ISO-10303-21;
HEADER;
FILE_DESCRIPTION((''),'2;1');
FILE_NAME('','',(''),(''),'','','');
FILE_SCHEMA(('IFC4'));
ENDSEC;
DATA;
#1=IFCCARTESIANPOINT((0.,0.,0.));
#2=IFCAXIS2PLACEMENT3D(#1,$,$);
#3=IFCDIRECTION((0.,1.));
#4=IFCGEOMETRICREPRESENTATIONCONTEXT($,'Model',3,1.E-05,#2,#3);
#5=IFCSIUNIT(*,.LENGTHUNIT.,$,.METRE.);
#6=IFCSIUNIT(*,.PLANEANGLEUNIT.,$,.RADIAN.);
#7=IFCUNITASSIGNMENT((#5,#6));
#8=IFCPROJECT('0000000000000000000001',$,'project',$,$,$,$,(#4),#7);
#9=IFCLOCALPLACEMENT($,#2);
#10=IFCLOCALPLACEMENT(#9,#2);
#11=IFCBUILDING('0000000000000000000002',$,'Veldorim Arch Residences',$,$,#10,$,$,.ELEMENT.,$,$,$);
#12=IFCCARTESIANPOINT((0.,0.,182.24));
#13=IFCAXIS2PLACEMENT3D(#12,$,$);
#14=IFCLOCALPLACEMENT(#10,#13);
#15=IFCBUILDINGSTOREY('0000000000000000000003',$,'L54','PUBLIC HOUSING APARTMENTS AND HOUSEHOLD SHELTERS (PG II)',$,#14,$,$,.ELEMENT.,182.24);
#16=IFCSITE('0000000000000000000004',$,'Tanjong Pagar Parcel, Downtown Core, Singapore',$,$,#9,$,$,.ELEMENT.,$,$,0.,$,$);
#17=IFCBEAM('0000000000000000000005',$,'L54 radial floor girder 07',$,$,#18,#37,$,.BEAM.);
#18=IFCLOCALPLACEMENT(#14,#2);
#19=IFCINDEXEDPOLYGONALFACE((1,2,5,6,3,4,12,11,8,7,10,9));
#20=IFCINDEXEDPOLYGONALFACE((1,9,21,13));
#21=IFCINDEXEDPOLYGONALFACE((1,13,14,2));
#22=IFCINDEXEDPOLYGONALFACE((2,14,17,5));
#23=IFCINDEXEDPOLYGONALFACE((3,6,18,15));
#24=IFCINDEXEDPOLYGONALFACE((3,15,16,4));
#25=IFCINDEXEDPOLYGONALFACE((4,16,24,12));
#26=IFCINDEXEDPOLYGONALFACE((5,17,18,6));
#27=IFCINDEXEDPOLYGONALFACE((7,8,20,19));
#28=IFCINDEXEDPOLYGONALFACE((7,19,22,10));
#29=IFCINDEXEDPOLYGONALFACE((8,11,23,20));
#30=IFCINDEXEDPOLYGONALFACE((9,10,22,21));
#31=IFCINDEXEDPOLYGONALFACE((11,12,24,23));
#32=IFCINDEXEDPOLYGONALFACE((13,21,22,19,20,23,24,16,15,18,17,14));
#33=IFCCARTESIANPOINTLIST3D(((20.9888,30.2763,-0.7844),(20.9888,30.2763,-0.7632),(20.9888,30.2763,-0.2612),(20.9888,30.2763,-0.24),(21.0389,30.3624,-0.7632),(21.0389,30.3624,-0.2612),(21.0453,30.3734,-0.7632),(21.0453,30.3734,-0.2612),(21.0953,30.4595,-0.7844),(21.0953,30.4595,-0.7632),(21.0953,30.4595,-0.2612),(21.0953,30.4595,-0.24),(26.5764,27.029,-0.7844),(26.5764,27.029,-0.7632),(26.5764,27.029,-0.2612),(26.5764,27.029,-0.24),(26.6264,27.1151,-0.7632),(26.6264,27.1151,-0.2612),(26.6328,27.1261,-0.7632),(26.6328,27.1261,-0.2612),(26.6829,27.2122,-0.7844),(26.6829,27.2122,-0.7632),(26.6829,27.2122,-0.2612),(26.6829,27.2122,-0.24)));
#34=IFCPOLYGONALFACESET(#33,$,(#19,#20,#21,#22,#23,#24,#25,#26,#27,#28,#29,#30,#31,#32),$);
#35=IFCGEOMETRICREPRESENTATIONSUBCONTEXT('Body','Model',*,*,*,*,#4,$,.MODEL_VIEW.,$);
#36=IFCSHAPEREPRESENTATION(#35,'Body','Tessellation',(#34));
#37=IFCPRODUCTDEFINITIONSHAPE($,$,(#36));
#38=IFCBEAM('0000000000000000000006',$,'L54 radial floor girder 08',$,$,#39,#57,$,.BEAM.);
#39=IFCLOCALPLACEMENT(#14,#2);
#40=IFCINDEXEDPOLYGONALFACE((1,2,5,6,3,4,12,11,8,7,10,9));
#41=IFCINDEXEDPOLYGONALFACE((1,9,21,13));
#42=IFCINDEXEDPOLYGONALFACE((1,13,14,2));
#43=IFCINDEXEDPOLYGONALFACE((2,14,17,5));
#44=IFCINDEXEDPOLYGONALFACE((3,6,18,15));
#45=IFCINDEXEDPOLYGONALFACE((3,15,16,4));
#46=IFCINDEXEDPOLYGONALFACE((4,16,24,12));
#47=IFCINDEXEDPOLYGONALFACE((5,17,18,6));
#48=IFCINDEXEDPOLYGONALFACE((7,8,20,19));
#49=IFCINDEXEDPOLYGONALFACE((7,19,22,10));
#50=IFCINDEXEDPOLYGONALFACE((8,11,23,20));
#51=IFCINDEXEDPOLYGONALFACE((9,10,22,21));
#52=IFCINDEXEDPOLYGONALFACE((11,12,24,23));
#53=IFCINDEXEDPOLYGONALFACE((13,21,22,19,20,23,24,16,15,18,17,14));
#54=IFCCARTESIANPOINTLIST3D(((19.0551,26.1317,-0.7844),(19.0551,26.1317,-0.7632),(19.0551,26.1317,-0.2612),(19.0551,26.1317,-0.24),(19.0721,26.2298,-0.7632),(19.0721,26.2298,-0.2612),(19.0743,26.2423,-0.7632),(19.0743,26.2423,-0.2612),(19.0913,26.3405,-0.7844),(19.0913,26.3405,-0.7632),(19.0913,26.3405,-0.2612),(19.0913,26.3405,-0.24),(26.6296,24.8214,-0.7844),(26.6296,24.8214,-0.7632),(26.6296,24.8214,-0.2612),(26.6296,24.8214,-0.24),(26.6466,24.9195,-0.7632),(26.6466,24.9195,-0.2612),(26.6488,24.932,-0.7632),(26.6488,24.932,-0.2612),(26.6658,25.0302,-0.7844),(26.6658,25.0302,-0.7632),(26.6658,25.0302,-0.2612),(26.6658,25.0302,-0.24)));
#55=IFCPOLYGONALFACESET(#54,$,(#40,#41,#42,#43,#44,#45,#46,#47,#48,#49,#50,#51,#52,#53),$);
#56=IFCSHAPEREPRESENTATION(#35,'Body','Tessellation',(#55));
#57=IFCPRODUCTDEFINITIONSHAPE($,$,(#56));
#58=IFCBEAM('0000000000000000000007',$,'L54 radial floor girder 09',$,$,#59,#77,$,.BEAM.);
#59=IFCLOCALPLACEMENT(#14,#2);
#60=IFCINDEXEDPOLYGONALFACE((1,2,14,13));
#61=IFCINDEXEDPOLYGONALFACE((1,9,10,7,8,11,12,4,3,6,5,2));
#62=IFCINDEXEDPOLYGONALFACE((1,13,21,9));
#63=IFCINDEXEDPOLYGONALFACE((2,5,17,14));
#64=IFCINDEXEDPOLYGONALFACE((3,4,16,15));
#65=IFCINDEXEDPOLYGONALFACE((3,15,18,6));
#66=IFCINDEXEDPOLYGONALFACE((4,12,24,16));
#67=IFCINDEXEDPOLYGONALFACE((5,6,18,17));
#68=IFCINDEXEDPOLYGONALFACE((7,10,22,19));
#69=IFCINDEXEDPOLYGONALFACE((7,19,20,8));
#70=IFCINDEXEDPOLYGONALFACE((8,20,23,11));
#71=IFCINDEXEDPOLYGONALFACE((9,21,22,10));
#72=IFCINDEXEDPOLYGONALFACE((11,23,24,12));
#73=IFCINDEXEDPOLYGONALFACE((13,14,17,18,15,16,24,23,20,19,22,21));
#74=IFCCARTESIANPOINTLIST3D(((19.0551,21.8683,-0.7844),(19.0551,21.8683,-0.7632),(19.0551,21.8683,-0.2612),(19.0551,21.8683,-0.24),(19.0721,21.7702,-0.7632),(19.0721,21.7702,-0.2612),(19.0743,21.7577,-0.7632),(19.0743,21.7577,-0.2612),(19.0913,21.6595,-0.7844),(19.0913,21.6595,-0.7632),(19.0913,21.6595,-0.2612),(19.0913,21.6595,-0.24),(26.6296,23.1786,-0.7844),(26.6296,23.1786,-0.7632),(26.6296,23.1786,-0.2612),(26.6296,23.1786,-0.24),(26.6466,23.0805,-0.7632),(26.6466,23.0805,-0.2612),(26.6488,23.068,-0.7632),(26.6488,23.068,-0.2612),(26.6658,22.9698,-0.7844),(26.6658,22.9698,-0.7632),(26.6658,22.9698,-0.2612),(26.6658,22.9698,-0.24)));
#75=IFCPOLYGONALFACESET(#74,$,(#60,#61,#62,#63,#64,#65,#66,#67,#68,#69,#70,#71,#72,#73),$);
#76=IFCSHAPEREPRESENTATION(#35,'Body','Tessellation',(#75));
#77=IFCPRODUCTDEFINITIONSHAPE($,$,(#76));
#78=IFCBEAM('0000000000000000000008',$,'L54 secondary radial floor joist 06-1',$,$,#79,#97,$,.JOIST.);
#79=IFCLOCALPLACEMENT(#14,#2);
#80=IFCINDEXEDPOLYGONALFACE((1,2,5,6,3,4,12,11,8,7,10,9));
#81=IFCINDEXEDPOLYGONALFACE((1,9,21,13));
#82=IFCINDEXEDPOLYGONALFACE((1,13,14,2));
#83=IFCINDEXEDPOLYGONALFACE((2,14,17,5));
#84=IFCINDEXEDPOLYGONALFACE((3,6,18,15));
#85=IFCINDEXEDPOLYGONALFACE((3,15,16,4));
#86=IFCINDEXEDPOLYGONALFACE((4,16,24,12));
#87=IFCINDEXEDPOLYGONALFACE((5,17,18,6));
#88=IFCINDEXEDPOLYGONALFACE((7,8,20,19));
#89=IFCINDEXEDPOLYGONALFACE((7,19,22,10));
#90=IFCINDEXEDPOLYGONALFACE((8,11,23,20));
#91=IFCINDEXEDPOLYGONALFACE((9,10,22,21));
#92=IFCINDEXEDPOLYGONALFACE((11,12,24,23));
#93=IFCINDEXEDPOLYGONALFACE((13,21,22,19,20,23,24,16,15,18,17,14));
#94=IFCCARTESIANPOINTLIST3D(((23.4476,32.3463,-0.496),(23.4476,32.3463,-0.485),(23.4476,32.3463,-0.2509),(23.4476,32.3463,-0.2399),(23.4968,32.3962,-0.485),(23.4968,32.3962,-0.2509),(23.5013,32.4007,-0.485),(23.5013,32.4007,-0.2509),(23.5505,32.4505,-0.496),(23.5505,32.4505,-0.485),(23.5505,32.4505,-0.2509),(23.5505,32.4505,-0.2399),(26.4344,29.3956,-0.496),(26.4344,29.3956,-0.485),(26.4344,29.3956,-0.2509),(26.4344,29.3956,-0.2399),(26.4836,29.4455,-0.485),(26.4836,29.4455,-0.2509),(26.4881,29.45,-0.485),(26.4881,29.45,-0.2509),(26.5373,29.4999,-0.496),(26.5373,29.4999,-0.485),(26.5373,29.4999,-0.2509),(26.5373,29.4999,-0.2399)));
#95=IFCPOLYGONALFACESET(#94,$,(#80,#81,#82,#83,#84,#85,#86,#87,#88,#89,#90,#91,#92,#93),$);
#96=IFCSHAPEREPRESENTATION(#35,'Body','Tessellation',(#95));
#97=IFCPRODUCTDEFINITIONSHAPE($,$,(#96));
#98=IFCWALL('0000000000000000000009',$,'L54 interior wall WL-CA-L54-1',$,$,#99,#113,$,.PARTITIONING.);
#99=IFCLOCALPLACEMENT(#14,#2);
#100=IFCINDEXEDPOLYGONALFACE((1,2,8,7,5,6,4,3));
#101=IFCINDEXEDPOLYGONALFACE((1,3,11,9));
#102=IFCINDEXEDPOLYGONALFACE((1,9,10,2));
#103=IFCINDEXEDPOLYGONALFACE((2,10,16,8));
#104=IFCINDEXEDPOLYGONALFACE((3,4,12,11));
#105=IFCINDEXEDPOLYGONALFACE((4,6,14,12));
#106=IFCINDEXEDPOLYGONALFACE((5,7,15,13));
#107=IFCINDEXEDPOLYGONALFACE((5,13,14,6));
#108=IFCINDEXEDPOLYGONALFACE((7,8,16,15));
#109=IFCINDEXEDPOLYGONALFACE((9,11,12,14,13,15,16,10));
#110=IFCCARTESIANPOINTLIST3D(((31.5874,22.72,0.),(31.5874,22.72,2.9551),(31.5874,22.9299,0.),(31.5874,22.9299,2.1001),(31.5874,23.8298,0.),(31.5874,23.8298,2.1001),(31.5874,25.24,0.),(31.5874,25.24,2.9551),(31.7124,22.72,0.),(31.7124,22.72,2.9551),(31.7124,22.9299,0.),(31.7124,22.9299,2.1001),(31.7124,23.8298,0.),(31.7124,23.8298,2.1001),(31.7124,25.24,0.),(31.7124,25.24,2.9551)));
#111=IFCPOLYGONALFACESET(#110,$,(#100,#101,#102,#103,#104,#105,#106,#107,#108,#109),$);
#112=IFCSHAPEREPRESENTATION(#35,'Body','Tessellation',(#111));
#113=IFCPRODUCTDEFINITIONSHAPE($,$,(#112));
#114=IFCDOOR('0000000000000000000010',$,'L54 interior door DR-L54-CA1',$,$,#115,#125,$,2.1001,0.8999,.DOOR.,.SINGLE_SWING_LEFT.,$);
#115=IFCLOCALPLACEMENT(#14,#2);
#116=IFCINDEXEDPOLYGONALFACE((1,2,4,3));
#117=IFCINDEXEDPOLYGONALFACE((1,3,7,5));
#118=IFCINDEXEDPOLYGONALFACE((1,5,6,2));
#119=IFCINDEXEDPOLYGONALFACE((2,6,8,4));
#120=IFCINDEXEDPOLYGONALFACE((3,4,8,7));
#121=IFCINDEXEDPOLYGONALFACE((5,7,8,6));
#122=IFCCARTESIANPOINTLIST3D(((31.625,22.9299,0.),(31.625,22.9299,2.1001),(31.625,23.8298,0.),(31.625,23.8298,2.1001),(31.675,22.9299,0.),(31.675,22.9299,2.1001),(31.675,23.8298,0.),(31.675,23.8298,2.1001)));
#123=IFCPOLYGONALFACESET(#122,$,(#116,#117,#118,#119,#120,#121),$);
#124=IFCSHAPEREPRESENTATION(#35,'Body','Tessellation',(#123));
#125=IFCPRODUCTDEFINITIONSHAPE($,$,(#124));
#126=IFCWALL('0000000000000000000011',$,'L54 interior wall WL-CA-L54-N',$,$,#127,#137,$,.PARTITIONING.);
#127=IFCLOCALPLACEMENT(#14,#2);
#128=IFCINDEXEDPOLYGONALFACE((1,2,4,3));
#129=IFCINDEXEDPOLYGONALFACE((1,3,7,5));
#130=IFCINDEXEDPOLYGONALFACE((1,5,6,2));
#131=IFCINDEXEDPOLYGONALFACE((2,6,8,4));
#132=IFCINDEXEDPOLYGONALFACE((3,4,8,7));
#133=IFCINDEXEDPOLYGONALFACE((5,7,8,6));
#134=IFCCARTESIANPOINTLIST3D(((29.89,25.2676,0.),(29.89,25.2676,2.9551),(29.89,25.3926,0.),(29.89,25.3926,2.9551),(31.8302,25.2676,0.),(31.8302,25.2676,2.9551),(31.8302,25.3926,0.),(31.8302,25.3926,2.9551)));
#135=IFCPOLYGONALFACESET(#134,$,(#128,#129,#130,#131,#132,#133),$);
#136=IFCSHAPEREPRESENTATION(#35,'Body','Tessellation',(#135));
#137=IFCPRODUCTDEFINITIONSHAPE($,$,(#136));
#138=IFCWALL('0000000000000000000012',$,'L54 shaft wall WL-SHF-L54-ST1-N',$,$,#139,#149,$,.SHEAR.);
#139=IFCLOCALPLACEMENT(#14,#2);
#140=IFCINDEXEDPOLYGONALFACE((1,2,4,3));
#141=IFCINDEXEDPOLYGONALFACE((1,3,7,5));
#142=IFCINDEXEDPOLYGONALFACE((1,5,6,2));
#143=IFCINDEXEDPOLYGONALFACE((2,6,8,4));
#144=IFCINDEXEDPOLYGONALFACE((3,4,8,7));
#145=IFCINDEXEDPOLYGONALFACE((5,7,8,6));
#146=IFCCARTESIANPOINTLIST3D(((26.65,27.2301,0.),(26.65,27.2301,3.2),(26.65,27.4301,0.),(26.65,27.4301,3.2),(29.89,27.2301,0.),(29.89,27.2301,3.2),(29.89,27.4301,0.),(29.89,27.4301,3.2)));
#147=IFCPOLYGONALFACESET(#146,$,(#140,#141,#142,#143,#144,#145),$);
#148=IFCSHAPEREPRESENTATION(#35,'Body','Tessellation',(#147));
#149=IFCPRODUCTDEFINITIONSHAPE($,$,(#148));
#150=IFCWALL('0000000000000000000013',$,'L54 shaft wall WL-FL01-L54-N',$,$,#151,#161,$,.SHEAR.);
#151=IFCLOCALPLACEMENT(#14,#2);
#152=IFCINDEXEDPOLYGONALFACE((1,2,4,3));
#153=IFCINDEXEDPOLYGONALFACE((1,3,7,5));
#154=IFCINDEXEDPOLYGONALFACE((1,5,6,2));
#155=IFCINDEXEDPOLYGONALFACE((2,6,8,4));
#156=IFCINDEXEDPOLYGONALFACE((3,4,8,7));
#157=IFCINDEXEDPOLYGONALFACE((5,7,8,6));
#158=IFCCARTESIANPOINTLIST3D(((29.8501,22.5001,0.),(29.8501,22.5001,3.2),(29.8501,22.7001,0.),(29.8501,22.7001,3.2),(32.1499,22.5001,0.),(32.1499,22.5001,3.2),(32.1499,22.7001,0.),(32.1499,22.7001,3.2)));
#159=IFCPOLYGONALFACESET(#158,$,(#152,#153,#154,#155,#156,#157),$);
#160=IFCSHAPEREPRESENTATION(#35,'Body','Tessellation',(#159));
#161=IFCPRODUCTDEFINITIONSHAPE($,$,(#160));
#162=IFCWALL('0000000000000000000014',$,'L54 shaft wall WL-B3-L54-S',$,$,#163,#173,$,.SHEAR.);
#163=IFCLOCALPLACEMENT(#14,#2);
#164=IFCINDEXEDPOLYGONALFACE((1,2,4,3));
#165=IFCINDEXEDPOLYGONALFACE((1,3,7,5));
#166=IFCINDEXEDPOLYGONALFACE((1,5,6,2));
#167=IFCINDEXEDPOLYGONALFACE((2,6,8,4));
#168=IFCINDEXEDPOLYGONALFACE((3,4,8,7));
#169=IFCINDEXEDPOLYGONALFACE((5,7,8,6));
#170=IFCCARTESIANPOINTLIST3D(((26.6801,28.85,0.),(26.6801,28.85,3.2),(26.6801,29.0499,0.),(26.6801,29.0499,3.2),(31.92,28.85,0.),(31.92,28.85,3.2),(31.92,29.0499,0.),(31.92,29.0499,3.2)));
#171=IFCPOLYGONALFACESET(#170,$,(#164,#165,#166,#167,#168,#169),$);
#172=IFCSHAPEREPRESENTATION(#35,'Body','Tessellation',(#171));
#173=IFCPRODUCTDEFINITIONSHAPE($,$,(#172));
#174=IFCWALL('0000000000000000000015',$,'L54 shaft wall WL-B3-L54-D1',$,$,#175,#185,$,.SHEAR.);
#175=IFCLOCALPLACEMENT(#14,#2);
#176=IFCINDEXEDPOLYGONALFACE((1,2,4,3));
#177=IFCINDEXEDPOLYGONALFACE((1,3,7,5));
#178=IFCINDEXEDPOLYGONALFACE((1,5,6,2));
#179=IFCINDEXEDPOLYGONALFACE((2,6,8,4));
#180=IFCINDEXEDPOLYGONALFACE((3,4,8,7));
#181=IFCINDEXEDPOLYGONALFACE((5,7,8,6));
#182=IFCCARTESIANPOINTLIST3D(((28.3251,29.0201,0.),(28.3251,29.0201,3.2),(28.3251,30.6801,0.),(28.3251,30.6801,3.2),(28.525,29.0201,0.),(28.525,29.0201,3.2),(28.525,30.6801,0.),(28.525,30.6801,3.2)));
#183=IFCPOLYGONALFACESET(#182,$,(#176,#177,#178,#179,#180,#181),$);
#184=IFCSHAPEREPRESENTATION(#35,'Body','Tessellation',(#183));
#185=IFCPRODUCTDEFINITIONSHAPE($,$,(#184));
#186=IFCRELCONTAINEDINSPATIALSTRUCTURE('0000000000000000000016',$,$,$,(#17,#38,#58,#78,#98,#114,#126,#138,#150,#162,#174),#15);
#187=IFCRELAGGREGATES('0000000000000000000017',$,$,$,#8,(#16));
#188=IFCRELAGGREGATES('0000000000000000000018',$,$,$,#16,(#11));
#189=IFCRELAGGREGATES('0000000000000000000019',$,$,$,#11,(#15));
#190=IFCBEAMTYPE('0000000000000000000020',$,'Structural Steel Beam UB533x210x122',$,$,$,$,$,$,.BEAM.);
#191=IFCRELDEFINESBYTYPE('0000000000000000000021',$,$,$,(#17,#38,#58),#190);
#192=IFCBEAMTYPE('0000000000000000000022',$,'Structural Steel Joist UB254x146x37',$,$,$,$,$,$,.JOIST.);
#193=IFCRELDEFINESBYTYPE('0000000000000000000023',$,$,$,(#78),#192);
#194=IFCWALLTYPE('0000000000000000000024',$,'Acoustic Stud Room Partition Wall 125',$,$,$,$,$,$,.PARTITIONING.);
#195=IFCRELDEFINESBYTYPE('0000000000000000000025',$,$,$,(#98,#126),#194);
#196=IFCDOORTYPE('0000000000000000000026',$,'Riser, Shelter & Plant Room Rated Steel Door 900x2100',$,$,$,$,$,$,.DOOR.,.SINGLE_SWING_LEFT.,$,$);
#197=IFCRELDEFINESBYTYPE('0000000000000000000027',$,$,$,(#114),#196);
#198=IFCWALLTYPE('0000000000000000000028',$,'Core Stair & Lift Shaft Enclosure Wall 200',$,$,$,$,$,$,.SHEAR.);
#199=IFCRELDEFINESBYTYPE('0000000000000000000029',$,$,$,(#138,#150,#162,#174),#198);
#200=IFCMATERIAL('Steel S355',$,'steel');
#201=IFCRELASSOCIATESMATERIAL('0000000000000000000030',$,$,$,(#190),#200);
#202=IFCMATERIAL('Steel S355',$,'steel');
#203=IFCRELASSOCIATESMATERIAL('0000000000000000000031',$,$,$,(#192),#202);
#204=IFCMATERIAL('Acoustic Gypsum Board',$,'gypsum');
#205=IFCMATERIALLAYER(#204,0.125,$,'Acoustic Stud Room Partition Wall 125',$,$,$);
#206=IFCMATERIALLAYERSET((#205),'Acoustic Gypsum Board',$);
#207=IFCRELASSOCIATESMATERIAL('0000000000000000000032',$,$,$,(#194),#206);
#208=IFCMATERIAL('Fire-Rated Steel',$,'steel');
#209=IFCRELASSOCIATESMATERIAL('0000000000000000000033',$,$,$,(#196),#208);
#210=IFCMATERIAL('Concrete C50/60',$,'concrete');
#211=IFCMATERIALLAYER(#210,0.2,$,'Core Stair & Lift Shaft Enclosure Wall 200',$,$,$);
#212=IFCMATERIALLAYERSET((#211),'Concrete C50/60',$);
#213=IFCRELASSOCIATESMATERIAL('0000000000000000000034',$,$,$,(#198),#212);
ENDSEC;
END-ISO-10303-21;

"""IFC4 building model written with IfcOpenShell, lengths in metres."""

from ifc_helpers import new_model, si_unit, direction, frame, frame_2d, origin, origin_2d, place, context, subcontext, project, spatial, rectangle, i_section, extrude, material, layer, layer_set, material_profile, profile_set, type_object, element, fill, save


model = new_model("IFC4")

# Units and contexts
model_context = context("Model", 3, precision=1e-05, world=origin(), true_north=direction((0.0, 1.0)))
body_context = subcontext(model_context, "Body", "Model", "MODEL_VIEW")
ifc_project = project(units=[si_unit("LENGTHUNIT", "METRE"), si_unit("PLANEANGLEUNIT", "RADIAN")], contexts=[model_context])

# Site, building, storey
site_placement = place(None, origin())
site = spatial("IfcSite", under=ifc_project, at=site_placement, Name="Tanjong Pagar Parcel, Downtown Core, Singapore", CompositionType="ELEMENT", RefElevation=0.0)
building_placement = place(site_placement, origin())
building = spatial("IfcBuilding", under=site, at=building_placement, Name="Veldorim Arch Residences", CompositionType="ELEMENT")
storey_placement = place(building_placement, frame((0.0, 0.0, 182.24)))
storey = spatial("IfcBuildingStorey", under=building, at=storey_placement, Name="L54", Description="PUBLIC HOUSING APARTMENTS AND HOUSEHOLD SHELTERS (PG II)", CompositionType="ELEMENT", Elevation=182.24)

# Beams
ifc_material_1 = material(Name="Steel S355", Category="steel")
ifc_material_profile_1 = material_profile(ifc_material_1, i_section(OverallWidth=0.2119, OverallDepth=0.5444, WebThickness=0.0127, FlangeThickness=0.0212, at=origin_2d()), Name="UB533x210x122")
ifc_profile_set_1 = profile_set([ifc_material_profile_1], Name="Steel S355")
beam_type_1 = type_object("IfcBeamType", Name="Structural Steel Beam UB533x210x122", PredefinedType="BEAM", material=ifc_profile_set_1)
beam_1_placement = place(storey_placement, frame((26.6296, 27.1206, -0.5122), z_axis=(-0.864596, 0.502468, 0.0), x_axis=(-0.502468, -0.864596, 0.0)))
element("IfcBeam", 1, at=beam_1_placement, inside=storey, type_object=beam_type_1, Name="L54 radial floor girder 07", PredefinedType="BEAM", context=body_context, shape_type="SweptSolid", body=[
    extrude(i_section(OverallWidth=0.2119, OverallDepth=0.5444, WebThickness=0.0127, FlangeThickness=0.0212, at=origin_2d()), origin(), (0.0, 0.0, 1.0), 6.4626),
])
for number, where, z_axis, x_axis, name in (
    (2, (26.6477, 24.9258, -0.5122), (-0.985365, 0.170458, 0.0), (-0.170458, -0.985365, 0.0), "L54 radial floor girder 08"),
    (3, (26.6477, 23.0742, -0.5122), (-0.985365, -0.170458, 0.0), (0.170458, -0.985365, 0.0), "L54 radial floor girder 09"),
):
    element("IfcBeam", number, at=place(storey_placement, frame(where, z_axis=z_axis, x_axis=x_axis)), inside=storey, type_object=beam_type_1, Name=name, PredefinedType="BEAM", context=body_context, shape_type="SweptSolid", body=[
        extrude(i_section(OverallWidth=0.2119, OverallDepth=0.5444, WebThickness=0.0127, FlangeThickness=0.0212, at=origin_2d()), origin(), (0.0, 0.0, 1.0), 7.687),
    ])
ifc_material_2 = material(Name="Steel S355", Category="steel")
ifc_material_profile_2 = material_profile(ifc_material_2, i_section(OverallWidth=0.1465, OverallDepth=0.2561, WebThickness=0.0063, FlangeThickness=0.011, at=origin_2d()), Name="UB254x146x37")
ifc_profile_set_2 = profile_set([ifc_material_profile_2], Name="Steel S355")
beam_type_2 = type_object("IfcBeamType", Name="Structural Steel Joist UB254x146x37", PredefinedType="JOIST", material=ifc_profile_set_2)
beam_2_placement = place(storey_placement, frame((26.4858, 29.4478, -0.3679), z_axis=(-0.711397, 0.702791, 0.0), x_axis=(-0.702791, -0.711397, 0.0)))
element("IfcBeam", 4, at=beam_2_placement, inside=storey, type_object=beam_type_2, Name="L54 secondary radial floor joist 06-1", PredefinedType="JOIST", context=body_context, shape_type="SweptSolid", body=[
    extrude(i_section(OverallWidth=0.1465, OverallDepth=0.2561, WebThickness=0.0063, FlangeThickness=0.011, at=origin_2d()), origin(), (0.0, 0.0, 1.0), 4.1985),
])

# Wall, opening, door
ifc_material_3 = material(Name="Acoustic Gypsum Board", Category="gypsum")
ifc_layer_1 = layer(ifc_material_3, 0.125, Name="Acoustic Stud Room Partition Wall 125")
ifc_layer_set_1 = layer_set([ifc_layer_1], Name="Acoustic Gypsum Board")
wall_type_1 = type_object("IfcWallType", Name="Acoustic Stud Room Partition Wall 125", PredefinedType="PARTITIONING", material=ifc_layer_set_1)
wall_1_placement = place(storey_placement, frame((31.6499, 22.72, 0.0), z_axis=(0.0, 0.0, 1.0), x_axis=(0.0, 1.0, 0.0)))
wall_1 = element("IfcWall", 5, at=wall_1_placement, inside=storey, type_object=wall_type_1, Name="L54 interior wall WL-CA-L54-1", PredefinedType="PARTITIONING", context=body_context, shape_type="SweptSolid", body=[
    extrude(rectangle(XDim=2.52, YDim=0.125, at=frame_2d((1.26, 0.0))), origin(), (0.0, 0.0, 1.0), 2.9551),
])
opening_placement = place(wall_1_placement, frame((0.21, 0.0, 0.0)))
opening = element("IfcOpeningElement", 6, at=opening_placement, cuts=wall_1, PredefinedType="OPENING", context=body_context, shape_type="SweptSolid", body=[
    extrude(rectangle(XDim=0.8999, YDim=2.1001, at=frame_2d((0.45, 1.05))), frame((0.0, 0.0725, 0.0), z_axis=(0.0, -1.0, 0.0), x_axis=(1.0, 0.0, 0.0)), (0.0, 0.0, 1.0), 0.145),
])
ifc_material_4 = material(Name="Fire-Rated Steel", Category="steel")
door_type = type_object("IfcDoorType", Name="Riser, Shelter & Plant Room Rated Steel Door 900x2100", OperationType="SINGLE_SWING_LEFT", PredefinedType="DOOR", material=ifc_material_4)
door_placement = place(opening_placement, origin())
door = element("IfcDoor", 7, at=door_placement, inside=storey, type_object=door_type, Name="L54 interior door DR-L54-CA1", OperationType="SINGLE_SWING_LEFT", OverallHeight=2.1001, OverallWidth=0.8999, PredefinedType="DOOR", context=body_context, shape_type="SweptSolid", body=[
    extrude(rectangle(XDim=0.8999, YDim=2.1001, at=frame_2d((0.45, 1.05))), frame((0.0, 0.0249, 0.0), z_axis=(0.0, -1.0, 0.0), x_axis=(1.0, 0.0, 0.0)), (0.0, 0.0, 1.0), 0.05),
])
fill(opening, door)

# Walls
wall_2_placement = place(storey_placement, frame((29.8899, 25.3301, 0.0), z_axis=(0.0, 0.0, 1.0), x_axis=(1.0, 0.0, 0.0)))
element("IfcWall", 8, at=wall_2_placement, inside=storey, type_object=wall_type_1, Name="L54 interior wall WL-CA-L54-N", PredefinedType="PARTITIONING", context=body_context, shape_type="SweptSolid", body=[
    extrude(rectangle(XDim=1.9402, YDim=0.125, at=frame_2d((0.9702, 0.0))), origin(), (0.0, 0.0, 1.0), 2.9551),
])
ifc_material_5 = material(Name="Concrete C50/60", Category="concrete")
ifc_layer_2 = layer(ifc_material_5, 0.2, Name="Core Stair & Lift Shaft Enclosure Wall 200")
ifc_layer_set_2 = layer_set([ifc_layer_2], Name="Concrete C50/60")
wall_type_2 = type_object("IfcWallType", Name="Core Stair & Lift Shaft Enclosure Wall 200", PredefinedType="SHEAR", material=ifc_layer_set_2)
wall_3_placement = place(storey_placement, frame((26.6499, 27.3301, 0.0), z_axis=(0.0, 0.0, 1.0), x_axis=(1.0, 0.0, 0.0)))
element("IfcWall", 9, at=wall_3_placement, inside=storey, type_object=wall_type_2, Name="L54 shaft wall WL-SHF-L54-ST1-N", PredefinedType="SHEAR", context=body_context, shape_type="SweptSolid", body=[
    extrude(rectangle(XDim=3.24, YDim=0.2, at=frame_2d((1.6201, 0.0))), origin(), (0.0, 0.0, 1.0), 3.2),
])
wall_4_placement = place(storey_placement, frame((29.8501, 22.6001, 0.0), z_axis=(0.0, 0.0, 1.0), x_axis=(1.0, 0.0, 0.0)))
element("IfcWall", 10, at=wall_4_placement, inside=storey, type_object=wall_type_2, Name="L54 shaft wall WL-FL01-L54-N", PredefinedType="SHEAR", context=body_context, shape_type="SweptSolid", body=[
    extrude(rectangle(XDim=2.2998, YDim=0.2, at=frame_2d((1.1499, 0.0))), origin(), (0.0, 0.0, 1.0), 3.2),
])
wall_5_placement = place(storey_placement, frame((26.6799, 28.95, 0.0), z_axis=(0.0, 0.0, 1.0), x_axis=(1.0, 0.0, 0.0)))
element("IfcWall", 11, at=wall_5_placement, inside=storey, type_object=wall_type_2, Name="L54 shaft wall WL-B3-L54-S", PredefinedType="SHEAR", context=body_context, shape_type="SweptSolid", body=[
    extrude(rectangle(XDim=5.24, YDim=0.2, at=frame_2d((2.6201, 0.0))), origin(), (0.0, 0.0, 1.0), 3.2),
])
for number, where, z_axis, x_axis, name in (
    (12, (28.425, 29.02, 0.0), (0.0, 0.0, 1.0), (0.0, 1.0, 0.0), "L54 shaft wall WL-B3-L54-D1"),
):
    element("IfcWall", number, at=place(storey_placement, frame(where, z_axis=z_axis, x_axis=x_axis)), inside=storey, type_object=wall_type_2, Name=name, PredefinedType="SHEAR", context=body_context, shape_type="SweptSolid", body=[
        extrude(rectangle(XDim=1.6599, YDim=0.2, at=frame_2d((0.8301, 0.0))), origin(), (0.0, 0.0, 1.0), 3.2),
    ])

save(model, "model.ifc")
